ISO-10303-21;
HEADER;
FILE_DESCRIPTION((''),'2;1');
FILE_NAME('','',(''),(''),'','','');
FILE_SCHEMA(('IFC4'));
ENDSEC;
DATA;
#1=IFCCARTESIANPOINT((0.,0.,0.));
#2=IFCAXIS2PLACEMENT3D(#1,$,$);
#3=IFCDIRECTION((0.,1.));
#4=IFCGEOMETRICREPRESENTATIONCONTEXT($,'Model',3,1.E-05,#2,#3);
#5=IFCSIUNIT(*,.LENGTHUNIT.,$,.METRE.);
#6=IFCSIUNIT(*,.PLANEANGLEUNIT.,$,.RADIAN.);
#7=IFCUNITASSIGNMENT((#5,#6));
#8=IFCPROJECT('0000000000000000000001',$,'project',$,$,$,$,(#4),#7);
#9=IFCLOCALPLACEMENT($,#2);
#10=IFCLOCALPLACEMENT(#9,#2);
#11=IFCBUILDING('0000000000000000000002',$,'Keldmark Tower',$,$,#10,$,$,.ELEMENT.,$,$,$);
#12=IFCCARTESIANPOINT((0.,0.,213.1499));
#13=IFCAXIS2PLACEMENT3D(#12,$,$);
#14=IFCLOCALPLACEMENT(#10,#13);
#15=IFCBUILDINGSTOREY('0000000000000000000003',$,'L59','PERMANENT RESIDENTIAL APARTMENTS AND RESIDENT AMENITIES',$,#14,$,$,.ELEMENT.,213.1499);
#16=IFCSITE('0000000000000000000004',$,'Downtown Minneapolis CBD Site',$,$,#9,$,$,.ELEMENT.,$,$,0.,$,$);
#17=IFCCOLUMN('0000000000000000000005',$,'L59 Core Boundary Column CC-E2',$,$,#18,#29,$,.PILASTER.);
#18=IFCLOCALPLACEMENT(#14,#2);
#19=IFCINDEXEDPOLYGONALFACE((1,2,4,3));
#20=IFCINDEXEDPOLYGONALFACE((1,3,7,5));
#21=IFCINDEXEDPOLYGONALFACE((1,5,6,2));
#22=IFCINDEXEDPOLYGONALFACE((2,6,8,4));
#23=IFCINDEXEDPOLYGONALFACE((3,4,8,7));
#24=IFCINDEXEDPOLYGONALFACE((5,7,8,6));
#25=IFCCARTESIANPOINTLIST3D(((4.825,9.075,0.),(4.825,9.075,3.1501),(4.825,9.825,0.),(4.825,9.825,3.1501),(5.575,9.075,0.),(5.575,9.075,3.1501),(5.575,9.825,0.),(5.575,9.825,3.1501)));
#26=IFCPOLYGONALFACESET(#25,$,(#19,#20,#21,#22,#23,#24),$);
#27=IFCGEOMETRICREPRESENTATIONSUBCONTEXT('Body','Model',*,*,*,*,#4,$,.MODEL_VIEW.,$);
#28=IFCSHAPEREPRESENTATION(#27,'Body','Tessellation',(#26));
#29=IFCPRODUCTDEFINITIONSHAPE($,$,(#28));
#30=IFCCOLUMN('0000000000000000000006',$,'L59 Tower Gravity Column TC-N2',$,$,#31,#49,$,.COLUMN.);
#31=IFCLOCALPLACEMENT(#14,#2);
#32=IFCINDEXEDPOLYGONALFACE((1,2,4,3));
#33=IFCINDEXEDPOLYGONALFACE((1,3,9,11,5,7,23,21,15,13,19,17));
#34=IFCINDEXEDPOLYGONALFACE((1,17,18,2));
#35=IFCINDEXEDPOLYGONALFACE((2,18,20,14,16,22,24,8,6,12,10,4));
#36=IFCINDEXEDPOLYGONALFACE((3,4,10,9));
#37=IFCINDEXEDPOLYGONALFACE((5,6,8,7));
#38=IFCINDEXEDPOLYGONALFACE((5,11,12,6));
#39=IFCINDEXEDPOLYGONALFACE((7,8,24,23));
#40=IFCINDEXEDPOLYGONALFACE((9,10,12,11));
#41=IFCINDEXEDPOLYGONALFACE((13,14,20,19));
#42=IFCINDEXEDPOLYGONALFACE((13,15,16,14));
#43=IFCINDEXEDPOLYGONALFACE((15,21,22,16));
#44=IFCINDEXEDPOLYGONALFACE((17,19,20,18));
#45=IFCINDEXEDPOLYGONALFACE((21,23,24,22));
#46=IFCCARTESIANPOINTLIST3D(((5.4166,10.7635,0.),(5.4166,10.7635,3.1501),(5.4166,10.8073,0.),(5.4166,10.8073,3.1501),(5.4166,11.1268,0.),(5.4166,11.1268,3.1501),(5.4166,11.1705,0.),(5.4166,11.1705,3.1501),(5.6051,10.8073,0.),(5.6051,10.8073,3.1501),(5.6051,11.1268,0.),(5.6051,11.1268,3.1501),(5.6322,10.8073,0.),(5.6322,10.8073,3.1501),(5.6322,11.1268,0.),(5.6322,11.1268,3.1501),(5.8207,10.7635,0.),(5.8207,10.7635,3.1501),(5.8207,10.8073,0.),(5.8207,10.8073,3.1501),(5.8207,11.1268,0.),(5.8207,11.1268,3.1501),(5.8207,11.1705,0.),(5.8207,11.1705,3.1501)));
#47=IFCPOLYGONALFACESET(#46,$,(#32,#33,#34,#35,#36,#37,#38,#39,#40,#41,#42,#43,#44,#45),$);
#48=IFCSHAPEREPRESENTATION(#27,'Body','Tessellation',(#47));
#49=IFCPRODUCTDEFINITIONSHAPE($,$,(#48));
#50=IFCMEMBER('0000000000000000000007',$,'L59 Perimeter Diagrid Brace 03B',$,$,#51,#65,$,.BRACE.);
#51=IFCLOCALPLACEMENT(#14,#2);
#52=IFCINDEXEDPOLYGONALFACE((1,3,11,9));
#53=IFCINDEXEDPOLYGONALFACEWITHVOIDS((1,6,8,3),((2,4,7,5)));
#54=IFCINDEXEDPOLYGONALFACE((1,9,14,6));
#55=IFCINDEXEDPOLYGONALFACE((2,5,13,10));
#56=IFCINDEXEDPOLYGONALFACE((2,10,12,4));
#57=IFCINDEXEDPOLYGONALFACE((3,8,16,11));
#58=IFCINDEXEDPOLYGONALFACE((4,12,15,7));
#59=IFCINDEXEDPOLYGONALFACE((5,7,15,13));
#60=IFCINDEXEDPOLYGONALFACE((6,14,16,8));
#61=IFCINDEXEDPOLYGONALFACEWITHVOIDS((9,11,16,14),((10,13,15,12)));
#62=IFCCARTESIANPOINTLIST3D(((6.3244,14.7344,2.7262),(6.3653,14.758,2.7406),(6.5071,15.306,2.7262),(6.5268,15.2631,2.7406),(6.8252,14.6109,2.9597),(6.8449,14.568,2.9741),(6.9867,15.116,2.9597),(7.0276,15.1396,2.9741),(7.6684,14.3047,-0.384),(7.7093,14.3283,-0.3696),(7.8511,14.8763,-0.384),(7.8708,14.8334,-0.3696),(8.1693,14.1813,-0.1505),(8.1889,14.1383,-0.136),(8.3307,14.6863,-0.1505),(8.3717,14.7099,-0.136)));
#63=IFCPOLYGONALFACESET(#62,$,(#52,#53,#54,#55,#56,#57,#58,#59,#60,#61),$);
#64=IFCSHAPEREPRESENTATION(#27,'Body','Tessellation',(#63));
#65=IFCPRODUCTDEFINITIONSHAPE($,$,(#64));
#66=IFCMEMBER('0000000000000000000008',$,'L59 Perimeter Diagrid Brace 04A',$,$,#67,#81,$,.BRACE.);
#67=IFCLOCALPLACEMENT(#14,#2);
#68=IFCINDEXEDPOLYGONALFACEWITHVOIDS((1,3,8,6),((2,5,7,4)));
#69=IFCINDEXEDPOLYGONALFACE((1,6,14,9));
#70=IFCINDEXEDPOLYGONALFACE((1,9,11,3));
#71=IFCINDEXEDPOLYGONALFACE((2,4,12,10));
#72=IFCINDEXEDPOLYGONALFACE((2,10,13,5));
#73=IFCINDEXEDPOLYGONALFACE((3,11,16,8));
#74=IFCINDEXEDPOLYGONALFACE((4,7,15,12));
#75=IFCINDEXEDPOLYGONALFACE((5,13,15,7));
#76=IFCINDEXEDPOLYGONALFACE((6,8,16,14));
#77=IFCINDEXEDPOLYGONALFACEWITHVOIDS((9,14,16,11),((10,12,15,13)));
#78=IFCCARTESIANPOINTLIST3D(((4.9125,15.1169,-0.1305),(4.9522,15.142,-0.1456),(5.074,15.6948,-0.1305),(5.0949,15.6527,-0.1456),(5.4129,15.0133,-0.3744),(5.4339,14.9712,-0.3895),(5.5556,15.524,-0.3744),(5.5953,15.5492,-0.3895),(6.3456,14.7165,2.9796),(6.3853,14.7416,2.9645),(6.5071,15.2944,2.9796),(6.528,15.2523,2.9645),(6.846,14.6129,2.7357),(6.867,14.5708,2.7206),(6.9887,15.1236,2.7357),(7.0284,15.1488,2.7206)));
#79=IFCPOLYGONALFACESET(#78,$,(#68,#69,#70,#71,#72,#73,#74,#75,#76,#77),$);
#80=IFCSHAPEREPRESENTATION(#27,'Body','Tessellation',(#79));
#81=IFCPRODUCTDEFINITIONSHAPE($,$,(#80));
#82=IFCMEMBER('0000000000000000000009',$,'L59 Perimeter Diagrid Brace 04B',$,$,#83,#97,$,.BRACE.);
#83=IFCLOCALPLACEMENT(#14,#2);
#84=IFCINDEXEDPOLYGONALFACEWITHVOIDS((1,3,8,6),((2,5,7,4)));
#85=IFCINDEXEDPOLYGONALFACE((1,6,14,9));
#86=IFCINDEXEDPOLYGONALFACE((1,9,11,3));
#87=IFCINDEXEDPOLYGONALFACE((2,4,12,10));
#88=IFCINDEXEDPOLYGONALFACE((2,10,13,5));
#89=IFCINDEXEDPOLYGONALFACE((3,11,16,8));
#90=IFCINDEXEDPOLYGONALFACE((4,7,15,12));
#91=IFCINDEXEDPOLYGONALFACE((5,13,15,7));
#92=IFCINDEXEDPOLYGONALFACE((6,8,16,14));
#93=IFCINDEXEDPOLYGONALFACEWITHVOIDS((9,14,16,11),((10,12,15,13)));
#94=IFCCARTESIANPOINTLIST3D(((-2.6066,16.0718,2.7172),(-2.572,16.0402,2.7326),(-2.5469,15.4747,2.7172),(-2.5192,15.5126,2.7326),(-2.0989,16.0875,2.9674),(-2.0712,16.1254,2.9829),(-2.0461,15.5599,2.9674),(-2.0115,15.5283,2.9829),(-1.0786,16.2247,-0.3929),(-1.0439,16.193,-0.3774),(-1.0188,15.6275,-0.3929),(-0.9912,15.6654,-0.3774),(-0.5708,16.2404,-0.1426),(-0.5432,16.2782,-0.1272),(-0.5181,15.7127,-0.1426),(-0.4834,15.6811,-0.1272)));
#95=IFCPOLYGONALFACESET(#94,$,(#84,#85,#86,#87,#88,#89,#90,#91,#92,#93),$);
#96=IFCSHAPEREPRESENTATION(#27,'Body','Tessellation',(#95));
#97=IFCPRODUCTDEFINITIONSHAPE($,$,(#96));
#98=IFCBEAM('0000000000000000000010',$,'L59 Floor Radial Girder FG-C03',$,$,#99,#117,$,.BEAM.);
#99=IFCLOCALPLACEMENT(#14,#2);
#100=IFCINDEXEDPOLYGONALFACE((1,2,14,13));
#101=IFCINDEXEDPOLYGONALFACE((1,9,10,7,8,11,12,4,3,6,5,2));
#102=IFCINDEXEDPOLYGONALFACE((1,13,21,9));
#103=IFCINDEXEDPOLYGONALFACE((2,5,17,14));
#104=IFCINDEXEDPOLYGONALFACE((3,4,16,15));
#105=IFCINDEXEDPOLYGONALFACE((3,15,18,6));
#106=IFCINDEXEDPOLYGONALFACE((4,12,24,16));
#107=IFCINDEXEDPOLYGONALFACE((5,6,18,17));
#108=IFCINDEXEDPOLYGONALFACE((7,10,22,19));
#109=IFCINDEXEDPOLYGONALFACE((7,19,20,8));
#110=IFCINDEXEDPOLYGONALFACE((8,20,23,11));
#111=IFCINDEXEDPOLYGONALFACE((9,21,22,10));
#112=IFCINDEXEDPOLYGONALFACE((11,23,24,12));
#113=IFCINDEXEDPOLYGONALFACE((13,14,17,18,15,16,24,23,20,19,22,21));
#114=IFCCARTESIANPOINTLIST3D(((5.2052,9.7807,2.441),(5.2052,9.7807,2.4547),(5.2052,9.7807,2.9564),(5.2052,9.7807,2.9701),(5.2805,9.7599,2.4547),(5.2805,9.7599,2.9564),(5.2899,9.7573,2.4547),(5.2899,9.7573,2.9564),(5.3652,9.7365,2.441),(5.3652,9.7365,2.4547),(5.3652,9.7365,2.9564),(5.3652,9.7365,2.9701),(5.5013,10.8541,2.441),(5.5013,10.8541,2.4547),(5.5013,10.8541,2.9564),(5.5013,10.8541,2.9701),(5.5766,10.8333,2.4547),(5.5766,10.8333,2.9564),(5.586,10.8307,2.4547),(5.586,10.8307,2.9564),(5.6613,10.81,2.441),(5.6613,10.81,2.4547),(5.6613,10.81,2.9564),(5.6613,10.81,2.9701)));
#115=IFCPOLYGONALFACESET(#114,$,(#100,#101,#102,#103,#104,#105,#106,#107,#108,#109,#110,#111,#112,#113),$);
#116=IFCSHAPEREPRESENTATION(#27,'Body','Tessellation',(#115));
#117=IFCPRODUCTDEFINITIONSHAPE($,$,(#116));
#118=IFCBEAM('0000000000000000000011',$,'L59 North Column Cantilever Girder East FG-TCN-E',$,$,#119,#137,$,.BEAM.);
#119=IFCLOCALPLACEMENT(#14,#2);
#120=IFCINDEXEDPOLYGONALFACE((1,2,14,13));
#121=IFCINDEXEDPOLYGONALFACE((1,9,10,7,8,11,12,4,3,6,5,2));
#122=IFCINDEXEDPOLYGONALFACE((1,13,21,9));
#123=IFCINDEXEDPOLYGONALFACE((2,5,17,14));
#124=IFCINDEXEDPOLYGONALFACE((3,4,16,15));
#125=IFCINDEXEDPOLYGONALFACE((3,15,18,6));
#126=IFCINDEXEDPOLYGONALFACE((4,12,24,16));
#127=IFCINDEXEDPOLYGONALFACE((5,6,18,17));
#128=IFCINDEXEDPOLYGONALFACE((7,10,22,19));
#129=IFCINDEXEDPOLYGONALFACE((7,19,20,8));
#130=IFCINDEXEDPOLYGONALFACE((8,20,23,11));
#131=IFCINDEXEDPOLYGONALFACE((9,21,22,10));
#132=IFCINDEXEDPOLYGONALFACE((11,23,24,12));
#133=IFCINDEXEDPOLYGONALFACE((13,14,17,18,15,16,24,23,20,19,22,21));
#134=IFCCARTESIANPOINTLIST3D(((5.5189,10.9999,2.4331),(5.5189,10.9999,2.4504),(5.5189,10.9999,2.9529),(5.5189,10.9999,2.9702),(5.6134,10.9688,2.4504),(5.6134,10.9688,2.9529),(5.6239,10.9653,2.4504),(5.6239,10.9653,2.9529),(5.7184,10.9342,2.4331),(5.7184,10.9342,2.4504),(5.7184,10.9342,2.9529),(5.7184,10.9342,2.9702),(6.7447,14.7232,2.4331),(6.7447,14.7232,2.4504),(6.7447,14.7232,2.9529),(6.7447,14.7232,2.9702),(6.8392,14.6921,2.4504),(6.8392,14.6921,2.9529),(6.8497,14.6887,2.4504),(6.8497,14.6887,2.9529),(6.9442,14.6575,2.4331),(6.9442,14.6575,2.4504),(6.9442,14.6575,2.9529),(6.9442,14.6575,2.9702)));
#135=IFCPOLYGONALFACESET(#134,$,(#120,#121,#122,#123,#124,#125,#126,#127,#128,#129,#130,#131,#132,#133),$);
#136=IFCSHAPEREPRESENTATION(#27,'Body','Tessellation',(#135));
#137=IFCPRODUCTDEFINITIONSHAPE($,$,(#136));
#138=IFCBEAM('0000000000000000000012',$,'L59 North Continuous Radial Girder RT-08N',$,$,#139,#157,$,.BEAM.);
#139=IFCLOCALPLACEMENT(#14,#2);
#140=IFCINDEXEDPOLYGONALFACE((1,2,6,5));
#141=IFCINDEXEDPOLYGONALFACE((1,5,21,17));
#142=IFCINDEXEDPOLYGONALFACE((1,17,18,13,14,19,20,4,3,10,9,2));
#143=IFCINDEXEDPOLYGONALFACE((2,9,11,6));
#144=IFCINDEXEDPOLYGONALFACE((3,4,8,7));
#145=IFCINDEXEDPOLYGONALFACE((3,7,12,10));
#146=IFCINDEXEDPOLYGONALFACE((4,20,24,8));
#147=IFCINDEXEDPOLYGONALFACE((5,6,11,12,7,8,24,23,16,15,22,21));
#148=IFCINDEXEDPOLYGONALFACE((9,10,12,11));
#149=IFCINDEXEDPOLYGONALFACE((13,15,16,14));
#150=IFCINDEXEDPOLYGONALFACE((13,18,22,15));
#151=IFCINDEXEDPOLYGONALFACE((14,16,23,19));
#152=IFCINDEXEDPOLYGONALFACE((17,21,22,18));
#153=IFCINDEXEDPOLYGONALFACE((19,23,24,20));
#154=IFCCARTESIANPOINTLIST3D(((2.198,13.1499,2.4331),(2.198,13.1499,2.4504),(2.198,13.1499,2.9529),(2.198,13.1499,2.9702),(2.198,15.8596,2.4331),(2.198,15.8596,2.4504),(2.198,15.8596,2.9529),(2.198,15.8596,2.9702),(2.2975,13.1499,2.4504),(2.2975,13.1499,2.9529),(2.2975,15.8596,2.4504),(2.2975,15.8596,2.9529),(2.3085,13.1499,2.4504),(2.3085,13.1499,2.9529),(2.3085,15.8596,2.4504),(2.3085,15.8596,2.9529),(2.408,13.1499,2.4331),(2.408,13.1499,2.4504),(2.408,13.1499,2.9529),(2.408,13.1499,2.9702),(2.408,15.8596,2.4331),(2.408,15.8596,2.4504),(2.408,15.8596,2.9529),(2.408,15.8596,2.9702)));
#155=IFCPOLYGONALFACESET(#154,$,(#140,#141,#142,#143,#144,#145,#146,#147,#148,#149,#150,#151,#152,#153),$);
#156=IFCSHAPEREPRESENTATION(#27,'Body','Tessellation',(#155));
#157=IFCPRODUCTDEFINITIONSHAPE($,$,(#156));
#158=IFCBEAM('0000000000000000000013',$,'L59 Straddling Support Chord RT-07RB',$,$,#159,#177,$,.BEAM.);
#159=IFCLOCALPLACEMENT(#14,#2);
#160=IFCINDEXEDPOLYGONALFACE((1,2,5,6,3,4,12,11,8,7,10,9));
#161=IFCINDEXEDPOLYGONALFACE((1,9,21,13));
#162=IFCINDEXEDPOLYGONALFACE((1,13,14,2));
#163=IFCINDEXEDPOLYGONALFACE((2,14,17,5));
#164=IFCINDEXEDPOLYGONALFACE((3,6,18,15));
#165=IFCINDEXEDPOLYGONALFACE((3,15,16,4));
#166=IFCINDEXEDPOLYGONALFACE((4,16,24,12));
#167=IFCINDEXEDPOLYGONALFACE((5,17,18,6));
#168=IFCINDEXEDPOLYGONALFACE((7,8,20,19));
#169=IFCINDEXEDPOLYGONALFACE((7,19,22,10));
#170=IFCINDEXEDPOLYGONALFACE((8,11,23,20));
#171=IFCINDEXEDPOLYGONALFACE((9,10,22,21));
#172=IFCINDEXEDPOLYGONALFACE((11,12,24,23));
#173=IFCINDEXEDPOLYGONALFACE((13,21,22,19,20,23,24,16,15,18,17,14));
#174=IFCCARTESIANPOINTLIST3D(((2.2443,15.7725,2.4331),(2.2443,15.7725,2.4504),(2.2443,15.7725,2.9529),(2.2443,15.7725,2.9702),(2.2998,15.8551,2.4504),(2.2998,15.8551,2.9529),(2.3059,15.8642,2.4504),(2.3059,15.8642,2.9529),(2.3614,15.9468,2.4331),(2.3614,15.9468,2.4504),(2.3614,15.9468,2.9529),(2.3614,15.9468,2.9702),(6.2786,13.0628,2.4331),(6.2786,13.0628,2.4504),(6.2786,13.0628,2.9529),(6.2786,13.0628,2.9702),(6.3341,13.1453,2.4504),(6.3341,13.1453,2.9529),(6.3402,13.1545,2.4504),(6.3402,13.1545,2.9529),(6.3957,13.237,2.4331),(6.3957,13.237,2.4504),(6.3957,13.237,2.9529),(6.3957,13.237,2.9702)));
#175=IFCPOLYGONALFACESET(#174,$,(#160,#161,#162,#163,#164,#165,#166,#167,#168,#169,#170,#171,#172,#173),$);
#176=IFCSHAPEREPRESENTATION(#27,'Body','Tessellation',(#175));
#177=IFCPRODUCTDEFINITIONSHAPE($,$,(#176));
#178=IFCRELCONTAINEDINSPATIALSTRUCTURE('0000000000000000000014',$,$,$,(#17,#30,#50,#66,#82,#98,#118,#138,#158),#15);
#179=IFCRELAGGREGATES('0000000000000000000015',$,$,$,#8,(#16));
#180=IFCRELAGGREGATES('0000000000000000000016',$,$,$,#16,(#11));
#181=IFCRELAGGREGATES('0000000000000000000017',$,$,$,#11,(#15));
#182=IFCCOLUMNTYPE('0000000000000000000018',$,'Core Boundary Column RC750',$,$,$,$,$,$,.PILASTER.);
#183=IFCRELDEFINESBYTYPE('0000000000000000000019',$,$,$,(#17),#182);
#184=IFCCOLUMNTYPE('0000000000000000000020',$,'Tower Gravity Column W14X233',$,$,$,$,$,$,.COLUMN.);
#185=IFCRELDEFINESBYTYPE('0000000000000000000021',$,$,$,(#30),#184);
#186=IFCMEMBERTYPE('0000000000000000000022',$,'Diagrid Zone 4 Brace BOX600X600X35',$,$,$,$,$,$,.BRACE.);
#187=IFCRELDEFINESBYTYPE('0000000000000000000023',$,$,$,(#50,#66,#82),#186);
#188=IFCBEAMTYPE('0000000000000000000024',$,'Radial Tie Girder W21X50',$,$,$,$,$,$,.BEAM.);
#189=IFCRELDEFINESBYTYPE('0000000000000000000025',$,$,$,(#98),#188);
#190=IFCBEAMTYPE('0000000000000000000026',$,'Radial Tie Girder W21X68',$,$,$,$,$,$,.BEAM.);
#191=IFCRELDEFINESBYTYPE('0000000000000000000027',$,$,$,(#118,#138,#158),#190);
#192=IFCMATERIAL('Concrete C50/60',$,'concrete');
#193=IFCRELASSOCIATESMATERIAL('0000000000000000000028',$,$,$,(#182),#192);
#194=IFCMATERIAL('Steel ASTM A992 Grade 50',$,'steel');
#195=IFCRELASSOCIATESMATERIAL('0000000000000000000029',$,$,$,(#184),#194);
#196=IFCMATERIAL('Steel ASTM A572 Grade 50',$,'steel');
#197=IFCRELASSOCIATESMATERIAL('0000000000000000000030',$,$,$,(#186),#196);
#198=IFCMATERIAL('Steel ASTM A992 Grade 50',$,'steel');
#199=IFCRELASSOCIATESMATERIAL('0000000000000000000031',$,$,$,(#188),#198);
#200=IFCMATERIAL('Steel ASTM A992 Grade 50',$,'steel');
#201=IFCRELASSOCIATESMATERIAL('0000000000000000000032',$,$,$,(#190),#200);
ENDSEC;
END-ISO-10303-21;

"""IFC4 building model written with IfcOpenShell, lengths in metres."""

from ifc_helpers import new_model, si_unit, direction, frame, origin, origin_2d, place, context, subcontext, project, spatial, rectangle, hollow_rectangle, i_section, extrude, material, material_profile, profile_set, type_object, element, save


model = new_model("IFC4")

# Units and contexts
model_context = context("Model", 3, precision=1e-05, world=origin(), true_north=direction((0.0, 1.0)))
body_context = subcontext(model_context, "Body", "Model", "MODEL_VIEW")
ifc_project = project(units=[si_unit("LENGTHUNIT", "METRE"), si_unit("PLANEANGLEUNIT", "RADIAN")], contexts=[model_context])

# Site, building, storey
site_placement = place(None, origin())
site = spatial("IfcSite", under=ifc_project, at=site_placement, Name="Downtown Minneapolis CBD Site", CompositionType="ELEMENT", RefElevation=0.0)
building_placement = place(site_placement, origin())
building = spatial("IfcBuilding", under=site, at=building_placement, Name="Keldmark Tower", CompositionType="ELEMENT")
storey_placement = place(building_placement, frame((0.0, 0.0, 213.1499)))
storey = spatial("IfcBuildingStorey", under=building, at=storey_placement, Name="L59", Description="PERMANENT RESIDENTIAL APARTMENTS AND RESIDENT AMENITIES", CompositionType="ELEMENT", Elevation=213.1499)

# Columns
ifc_material_1 = material(Name="Concrete C50/60", Category="concrete")
ifc_material_profile_1 = material_profile(ifc_material_1, rectangle(XDim=0.75, YDim=0.75, at=origin_2d()), Name="RC750X750")
ifc_profile_set_1 = profile_set([ifc_material_profile_1], Name="Concrete C50/60")
column_type_1 = type_object("IfcColumnType", Name="Core Boundary Column RC750", PredefinedType="PILASTER", material=ifc_profile_set_1)
column_1_placement = place(storey_placement, frame((5.2, 9.45, 0.0), z_axis=(0.0, 0.0, 1.0), x_axis=(1.0, 0.0, 0.0)))
element("IfcColumn", 1, at=column_1_placement, inside=storey, type_object=column_type_1, Name="L59 Core Boundary Column CC-E2", PredefinedType="PILASTER", context=body_context, shape_type="SweptSolid", body=[
    extrude(rectangle(XDim=0.75, YDim=0.75, at=origin_2d()), origin(), (0.0, 0.0, 1.0), 3.1501),
])
ifc_material_2 = material(Name="Steel ASTM A992 Grade 50", Category="steel")
ifc_material_profile_2 = material_profile(ifc_material_2, i_section(OverallWidth=0.4041, OverallDepth=0.407, WebThickness=0.0271, FlangeThickness=0.0437, at=origin_2d()), Name="W14X233")
ifc_profile_set_2 = profile_set([ifc_material_profile_2], Name="Steel ASTM A992 Grade 50")
column_type_2 = type_object("IfcColumnType", Name="Tower Gravity Column W14X233", PredefinedType="COLUMN", material=ifc_profile_set_2)
column_2_placement = place(storey_placement, frame((5.6187, 10.967, 0.0), z_axis=(0.0, 0.0, 1.0), x_axis=(1.0, 0.0, 0.0)))
element("IfcColumn", 2, at=column_2_placement, inside=storey, type_object=column_type_2, Name="L59 Tower Gravity Column TC-N2", PredefinedType="COLUMN", context=body_context, shape_type="SweptSolid", body=[
    extrude(i_section(OverallWidth=0.4041, OverallDepth=0.407, WebThickness=0.0271, FlangeThickness=0.0437, at=origin_2d()), origin(), (0.0, 0.0, 1.0), 3.1501),
])

# Members
ifc_material_3 = material(Name="Steel ASTM A572 Grade 50", Category="steel")
ifc_material_profile_3 = material_profile(ifc_material_3, hollow_rectangle(XDim=0.6001, YDim=0.6001, WallThickness=0.0349, at=origin_2d()), Name="BOX600X600X35")
ifc_profile_set_3 = profile_set([ifc_material_profile_3], Name="Steel ASTM A572 Grade 50")
member_type = type_object("IfcMemberType", Name="Diagrid Zone 4 Brace BOX600X600X35", PredefinedType="BRACE", material=ifc_profile_set_3)
member_1_placement = place(storey_placement, frame((8.02, 14.5073, -0.26), z_axis=(-0.393531, 0.125816, 0.910661), x_axis=(-0.304525, -0.952504, 0.0)))
element("IfcMember", 3, at=member_1_placement, inside=storey, type_object=member_type, Name="L59 Perimeter Diagrid Brace 03B", PredefinedType="BRACE", context=body_context, shape_type="SweptSolid", body=[
    extrude(hollow_rectangle(XDim=0.6001, YDim=0.6001, WallThickness=0.0349, at=origin_2d()), origin(), (0.0, 0.0, 1.0), 3.4153),
])
member_2_placement = place(storey_placement, frame((5.2539, 15.333, -0.26), z_axis=(0.415666, -0.116132, 0.902073), x_axis=(0.269082, 0.963117, 0.0)))
element("IfcMember", 4, at=member_2_placement, inside=storey, type_object=member_type, Name="L59 Perimeter Diagrid Brace 04A", PredefinedType="BRACE", context=body_context, shape_type="SweptSolid", body=[
    extrude(hollow_rectangle(XDim=0.6001, YDim=0.6001, WallThickness=0.0349, at=origin_2d()), origin(), (0.0, 0.0, 1.0), 3.4478),
])
member_3_placement = place(storey_placement, frame((-0.781, 15.9529, -0.26), z_axis=(-0.440546, -0.044062, 0.896648), x_axis=(0.099519, -0.995036, 0.0)))
element("IfcMember", 5, at=member_3_placement, inside=storey, type_object=member_type, Name="L59 Perimeter Diagrid Brace 04B", PredefinedType="BRACE", context=body_context, shape_type="SweptSolid", body=[
    extrude(hollow_rectangle(XDim=0.6001, YDim=0.6001, WallThickness=0.0349, at=origin_2d()), origin(), (0.0, 0.0, 1.0), 3.4685),
])

# Beams
ifc_material_4 = material(Name="Steel ASTM A992 Grade 50", Category="steel")
ifc_material_profile_4 = material_profile(ifc_material_4, i_section(OverallWidth=0.166, OverallDepth=0.5291, WebThickness=0.0098, FlangeThickness=0.0137, at=origin_2d()), Name="W21X50")
ifc_profile_set_4 = profile_set([ifc_material_profile_4], Name="Steel ASTM A992 Grade 50")
beam_type_1 = type_object("IfcBeamType", Name="Radial Tie Girder W21X50", PredefinedType="BEAM", material=ifc_profile_set_4)
beam_1_placement = place(storey_placement, frame((5.5813, 10.832, 2.7056), z_axis=(-0.265936, -0.963991, 0.0), x_axis=(0.963991, -0.265936, 0.0)))
element("IfcBeam", 6, at=beam_1_placement, inside=storey, type_object=beam_type_1, Name="L59 Floor Radial Girder FG-C03", PredefinedType="BEAM", context=body_context, shape_type="SweptSolid", body=[
    extrude(i_section(OverallWidth=0.166, OverallDepth=0.5291, WebThickness=0.0098, FlangeThickness=0.0137, at=origin_2d()), origin(), (0.0, 0.0, 1.0), 1.1135),
])
ifc_material_5 = material(Name="Steel ASTM A992 Grade 50", Category="steel")
ifc_material_profile_5 = material_profile(ifc_material_5, i_section(OverallWidth=0.21, OverallDepth=0.5371, WebThickness=0.011, FlangeThickness=0.0173, at=origin_2d()), Name="W21X68")
ifc_profile_set_5 = profile_set([ifc_material_profile_5], Name="Steel ASTM A992 Grade 50")
beam_type_2 = type_object("IfcBeamType", Name="Radial Tie Girder W21X68", PredefinedType="BEAM", material=ifc_profile_set_5)
beam_2_placement = place(storey_placement, frame((5.6187, 10.967, 2.7017), z_axis=(0.312713, 0.949848, 0.0), x_axis=(-0.949848, 0.312713, 0.0)))
element("IfcBeam", 7, at=beam_2_placement, inside=storey, type_object=beam_type_2, Name="L59 North Column Cantilever Girder East FG-TCN-E", PredefinedType="BEAM", context=body_context, shape_type="SweptSolid", body=[
    extrude(i_section(OverallWidth=0.21, OverallDepth=0.5371, WebThickness=0.011, FlangeThickness=0.0173, at=origin_2d()), origin(), (0.0, 0.0, 1.0), 3.9199),
])
beam_3_placement = place(storey_placement, frame((2.303, 13.1499, 2.7017), z_axis=(0.0, 1.0, 0.0), x_axis=(-1.0, 0.0, 0.0)))
element("IfcBeam", 8, at=beam_3_placement, inside=storey, type_object=beam_type_2, Name="L59 North Continuous Radial Girder RT-08N", PredefinedType="BEAM", context=body_context, shape_type="SweptSolid", body=[
    extrude(i_section(OverallWidth=0.21, OverallDepth=0.5371, WebThickness=0.011, FlangeThickness=0.0173, at=origin_2d()), origin(), (0.0, 0.0, 1.0), 2.7097),
])
beam_4_placement = place(storey_placement, frame((6.3372, 13.1499, 2.7017), z_axis=(-0.830121, 0.557584, 0.0), x_axis=(-0.557584, -0.830121, 0.0)))
element("IfcBeam", 9, at=beam_4_placement, inside=storey, type_object=beam_type_2, Name="L59 Straddling Support Chord RT-07RB", PredefinedType="BEAM", context=body_context, shape_type="SweptSolid", body=[
    extrude(i_section(OverallWidth=0.21, OverallDepth=0.5371, WebThickness=0.011, FlangeThickness=0.0173, at=origin_2d()), origin(), (0.0, 0.0, 1.0), 4.8599),
])

save(model, "model.ifc")
